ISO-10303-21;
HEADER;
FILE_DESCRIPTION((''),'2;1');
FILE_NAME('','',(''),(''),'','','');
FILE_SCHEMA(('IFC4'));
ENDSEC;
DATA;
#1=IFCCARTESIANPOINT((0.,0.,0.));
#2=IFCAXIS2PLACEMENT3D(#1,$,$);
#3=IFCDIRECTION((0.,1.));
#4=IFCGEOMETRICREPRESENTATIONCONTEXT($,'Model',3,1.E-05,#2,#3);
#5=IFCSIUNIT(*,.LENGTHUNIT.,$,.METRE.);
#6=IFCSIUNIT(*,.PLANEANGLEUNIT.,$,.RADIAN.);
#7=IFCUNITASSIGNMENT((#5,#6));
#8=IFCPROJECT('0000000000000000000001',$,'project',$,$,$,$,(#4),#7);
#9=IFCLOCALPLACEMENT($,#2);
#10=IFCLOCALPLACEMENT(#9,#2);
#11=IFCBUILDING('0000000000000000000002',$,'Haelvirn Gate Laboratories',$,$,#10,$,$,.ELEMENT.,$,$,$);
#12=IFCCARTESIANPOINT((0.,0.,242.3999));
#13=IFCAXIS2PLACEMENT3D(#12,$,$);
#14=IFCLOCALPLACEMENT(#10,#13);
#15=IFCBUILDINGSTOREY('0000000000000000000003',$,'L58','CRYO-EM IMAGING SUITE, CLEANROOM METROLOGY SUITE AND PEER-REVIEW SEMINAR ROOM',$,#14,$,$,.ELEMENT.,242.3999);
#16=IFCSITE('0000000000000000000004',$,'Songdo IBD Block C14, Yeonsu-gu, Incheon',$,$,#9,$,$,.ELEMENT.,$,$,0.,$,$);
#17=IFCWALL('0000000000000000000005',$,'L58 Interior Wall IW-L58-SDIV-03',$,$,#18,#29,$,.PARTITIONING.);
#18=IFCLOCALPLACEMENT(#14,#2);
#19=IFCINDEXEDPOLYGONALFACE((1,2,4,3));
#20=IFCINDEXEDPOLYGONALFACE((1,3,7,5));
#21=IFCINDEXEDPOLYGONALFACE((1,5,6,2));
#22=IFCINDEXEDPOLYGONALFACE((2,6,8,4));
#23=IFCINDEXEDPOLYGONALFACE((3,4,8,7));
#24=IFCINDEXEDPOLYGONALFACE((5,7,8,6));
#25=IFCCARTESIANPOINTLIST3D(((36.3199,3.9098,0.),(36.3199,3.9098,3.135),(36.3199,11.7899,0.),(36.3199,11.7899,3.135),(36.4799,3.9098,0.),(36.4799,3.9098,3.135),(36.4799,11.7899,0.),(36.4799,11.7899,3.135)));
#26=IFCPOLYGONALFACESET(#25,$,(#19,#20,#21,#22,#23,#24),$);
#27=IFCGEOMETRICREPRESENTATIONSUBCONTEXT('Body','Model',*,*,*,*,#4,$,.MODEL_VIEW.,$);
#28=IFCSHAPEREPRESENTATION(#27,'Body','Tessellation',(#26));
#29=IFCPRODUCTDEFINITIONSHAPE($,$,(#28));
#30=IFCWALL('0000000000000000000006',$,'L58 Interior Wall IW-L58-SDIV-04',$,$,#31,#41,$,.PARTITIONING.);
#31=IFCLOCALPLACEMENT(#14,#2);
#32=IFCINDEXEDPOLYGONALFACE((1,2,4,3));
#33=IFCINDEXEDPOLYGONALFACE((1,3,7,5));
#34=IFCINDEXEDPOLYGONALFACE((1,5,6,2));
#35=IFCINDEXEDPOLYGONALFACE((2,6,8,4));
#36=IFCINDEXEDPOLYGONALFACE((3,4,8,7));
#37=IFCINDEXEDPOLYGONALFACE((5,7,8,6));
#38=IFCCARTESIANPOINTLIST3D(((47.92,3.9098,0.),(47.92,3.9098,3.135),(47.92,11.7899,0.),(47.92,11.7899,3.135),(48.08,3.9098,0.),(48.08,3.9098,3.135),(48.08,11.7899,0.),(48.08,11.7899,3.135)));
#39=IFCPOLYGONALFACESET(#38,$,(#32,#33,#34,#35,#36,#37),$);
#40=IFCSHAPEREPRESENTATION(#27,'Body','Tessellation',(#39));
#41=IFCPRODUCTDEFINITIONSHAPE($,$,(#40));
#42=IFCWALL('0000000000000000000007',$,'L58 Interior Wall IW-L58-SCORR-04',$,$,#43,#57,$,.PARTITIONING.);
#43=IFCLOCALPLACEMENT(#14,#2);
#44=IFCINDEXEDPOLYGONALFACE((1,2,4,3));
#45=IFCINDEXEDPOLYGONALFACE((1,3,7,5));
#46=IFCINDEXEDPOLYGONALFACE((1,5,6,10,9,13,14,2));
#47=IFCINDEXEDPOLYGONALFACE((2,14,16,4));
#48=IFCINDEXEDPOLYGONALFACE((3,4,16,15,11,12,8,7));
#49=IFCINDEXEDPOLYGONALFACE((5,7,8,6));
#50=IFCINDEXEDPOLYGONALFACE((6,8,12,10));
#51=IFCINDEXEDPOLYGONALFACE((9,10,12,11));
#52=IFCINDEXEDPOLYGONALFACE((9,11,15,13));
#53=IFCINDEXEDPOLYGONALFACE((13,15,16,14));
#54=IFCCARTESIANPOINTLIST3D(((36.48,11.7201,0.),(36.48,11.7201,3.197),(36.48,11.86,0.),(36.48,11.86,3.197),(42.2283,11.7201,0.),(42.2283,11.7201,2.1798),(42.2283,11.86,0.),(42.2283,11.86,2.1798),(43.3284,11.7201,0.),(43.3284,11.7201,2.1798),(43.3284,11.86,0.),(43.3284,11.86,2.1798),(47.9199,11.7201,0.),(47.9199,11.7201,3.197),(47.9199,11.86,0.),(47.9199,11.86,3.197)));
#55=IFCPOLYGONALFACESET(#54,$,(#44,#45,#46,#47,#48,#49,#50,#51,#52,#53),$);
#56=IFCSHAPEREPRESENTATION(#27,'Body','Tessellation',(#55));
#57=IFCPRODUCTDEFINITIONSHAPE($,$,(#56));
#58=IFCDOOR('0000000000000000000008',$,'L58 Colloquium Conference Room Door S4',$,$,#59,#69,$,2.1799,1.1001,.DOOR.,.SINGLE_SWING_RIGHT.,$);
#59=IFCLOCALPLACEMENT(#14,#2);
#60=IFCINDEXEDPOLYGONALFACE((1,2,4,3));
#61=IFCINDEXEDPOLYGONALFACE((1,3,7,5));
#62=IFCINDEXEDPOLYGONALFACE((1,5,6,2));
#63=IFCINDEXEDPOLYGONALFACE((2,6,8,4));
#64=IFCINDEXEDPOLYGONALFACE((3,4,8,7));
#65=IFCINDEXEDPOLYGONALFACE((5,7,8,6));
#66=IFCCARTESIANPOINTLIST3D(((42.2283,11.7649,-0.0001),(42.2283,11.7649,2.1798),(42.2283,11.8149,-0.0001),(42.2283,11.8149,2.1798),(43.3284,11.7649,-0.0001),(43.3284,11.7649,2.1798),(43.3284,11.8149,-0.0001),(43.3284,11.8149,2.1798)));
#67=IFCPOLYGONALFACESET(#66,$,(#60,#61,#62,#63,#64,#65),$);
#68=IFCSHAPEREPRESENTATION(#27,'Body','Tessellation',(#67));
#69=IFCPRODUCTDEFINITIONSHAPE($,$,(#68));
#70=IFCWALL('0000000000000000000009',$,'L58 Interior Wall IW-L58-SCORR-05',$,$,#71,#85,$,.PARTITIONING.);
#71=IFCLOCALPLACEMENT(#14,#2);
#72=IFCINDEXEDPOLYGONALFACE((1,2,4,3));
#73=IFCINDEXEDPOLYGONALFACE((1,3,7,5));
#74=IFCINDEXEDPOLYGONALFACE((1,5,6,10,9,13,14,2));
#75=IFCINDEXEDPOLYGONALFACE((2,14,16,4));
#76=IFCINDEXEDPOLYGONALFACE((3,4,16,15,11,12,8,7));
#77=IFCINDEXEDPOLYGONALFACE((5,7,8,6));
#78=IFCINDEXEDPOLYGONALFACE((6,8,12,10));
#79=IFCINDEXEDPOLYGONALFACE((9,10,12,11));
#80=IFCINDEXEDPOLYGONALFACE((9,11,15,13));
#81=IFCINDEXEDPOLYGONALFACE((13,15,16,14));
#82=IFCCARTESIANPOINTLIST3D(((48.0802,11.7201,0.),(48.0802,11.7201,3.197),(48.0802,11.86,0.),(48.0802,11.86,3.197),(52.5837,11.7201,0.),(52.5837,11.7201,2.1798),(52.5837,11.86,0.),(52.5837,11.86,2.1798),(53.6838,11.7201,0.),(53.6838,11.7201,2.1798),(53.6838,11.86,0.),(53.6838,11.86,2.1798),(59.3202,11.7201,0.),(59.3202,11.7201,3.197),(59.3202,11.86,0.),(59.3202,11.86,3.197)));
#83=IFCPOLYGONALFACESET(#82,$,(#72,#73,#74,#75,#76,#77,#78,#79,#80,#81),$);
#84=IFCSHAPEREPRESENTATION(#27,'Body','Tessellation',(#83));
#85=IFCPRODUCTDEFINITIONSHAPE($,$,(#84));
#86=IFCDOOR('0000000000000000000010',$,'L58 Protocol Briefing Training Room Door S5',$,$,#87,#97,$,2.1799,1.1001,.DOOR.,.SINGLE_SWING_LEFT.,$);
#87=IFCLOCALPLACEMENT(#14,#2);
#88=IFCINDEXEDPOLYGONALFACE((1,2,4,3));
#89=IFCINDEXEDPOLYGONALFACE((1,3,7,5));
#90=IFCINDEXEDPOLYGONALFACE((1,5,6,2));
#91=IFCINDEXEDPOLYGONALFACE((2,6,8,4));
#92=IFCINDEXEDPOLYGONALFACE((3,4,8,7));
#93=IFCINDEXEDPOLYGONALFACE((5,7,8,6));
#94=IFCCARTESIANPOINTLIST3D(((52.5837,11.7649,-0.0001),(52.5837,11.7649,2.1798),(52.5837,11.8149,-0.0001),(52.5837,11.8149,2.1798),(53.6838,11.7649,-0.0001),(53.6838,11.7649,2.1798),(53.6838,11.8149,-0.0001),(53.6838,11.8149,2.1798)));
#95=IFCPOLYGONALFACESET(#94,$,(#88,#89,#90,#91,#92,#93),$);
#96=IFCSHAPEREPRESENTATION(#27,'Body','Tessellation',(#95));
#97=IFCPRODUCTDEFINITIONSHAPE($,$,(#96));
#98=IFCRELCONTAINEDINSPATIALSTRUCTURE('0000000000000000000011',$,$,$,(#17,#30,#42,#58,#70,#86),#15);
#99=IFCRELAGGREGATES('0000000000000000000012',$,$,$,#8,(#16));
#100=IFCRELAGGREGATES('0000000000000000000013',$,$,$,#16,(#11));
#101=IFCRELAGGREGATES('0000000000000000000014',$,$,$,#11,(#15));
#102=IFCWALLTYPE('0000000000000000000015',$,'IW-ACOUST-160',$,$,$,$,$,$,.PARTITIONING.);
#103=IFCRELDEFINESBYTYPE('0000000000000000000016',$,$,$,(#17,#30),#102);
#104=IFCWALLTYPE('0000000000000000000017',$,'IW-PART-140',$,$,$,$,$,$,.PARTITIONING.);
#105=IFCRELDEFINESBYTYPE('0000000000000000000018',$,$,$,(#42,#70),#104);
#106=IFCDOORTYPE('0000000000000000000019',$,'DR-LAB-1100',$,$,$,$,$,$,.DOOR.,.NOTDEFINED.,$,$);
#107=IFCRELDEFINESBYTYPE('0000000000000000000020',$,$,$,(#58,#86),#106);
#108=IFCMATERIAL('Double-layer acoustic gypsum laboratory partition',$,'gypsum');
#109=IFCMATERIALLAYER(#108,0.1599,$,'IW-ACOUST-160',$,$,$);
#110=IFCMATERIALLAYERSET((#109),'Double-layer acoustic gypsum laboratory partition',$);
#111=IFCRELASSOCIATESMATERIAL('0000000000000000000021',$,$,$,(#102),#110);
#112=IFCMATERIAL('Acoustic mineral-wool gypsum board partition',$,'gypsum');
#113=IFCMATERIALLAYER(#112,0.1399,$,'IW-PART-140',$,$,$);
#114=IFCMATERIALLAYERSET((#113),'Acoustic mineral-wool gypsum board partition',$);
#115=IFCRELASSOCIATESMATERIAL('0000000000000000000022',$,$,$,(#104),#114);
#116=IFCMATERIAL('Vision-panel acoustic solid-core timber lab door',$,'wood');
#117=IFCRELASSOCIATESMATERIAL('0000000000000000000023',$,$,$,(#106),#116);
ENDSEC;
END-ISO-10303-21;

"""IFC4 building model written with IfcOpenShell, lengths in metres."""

from ifc_helpers import new_model, si_unit, direction, frame, frame_2d, origin, place, context, subcontext, project, spatial, rectangle, extrude, source, transform, mapped, material, layer, layer_set, type_object, type_shapes, element, fill, save


model = new_model("IFC4")

# Units and contexts
model_context = context("Model", 3, precision=1e-05, world=origin(), true_north=direction((0.0, 1.0)))
body_context = subcontext(model_context, "Body", "Model", "MODEL_VIEW")
ifc_project = project(units=[si_unit("LENGTHUNIT", "METRE"), si_unit("PLANEANGLEUNIT", "RADIAN")], contexts=[model_context])

# Site, building, storey
site_placement = place(None, origin())
site = spatial("IfcSite", under=ifc_project, at=site_placement, Name="Songdo IBD Block C14, Yeonsu-gu, Incheon", CompositionType="ELEMENT", RefElevation=0.0)
building_placement = place(site_placement, origin())
building = spatial("IfcBuilding", under=site, at=building_placement, Name="Haelvirn Gate Laboratories", CompositionType="ELEMENT")
storey_placement = place(building_placement, frame((0.0, 0.0, 242.3999)))
storey = spatial("IfcBuildingStorey", under=building, at=storey_placement, Name="L58", Description="CRYO-EM IMAGING SUITE, CLEANROOM METROLOGY SUITE AND PEER-REVIEW SEMINAR ROOM", CompositionType="ELEMENT", Elevation=242.3999)

# Walls
ifc_material_1 = material(Name="Double-layer acoustic gypsum laboratory partition", Category="gypsum")
ifc_layer_1 = layer(ifc_material_1, 0.1599, Name="IW-ACOUST-160")
ifc_layer_set_1 = layer_set([ifc_layer_1], Name="Double-layer acoustic gypsum laboratory partition")
wall_type_1 = type_object("IfcWallType", Name="IW-ACOUST-160", PredefinedType="PARTITIONING", material=ifc_layer_set_1)
for number, where, z_axis, x_axis, name in (
    (1, (36.3999, 3.9099, 0.0), (0.0, 0.0, 1.0), (0.0, 1.0, 0.0), "L58 Interior Wall IW-L58-SDIV-03"),
    (2, (48.0, 3.9099, 0.0), (0.0, 0.0, 1.0), (0.0, 1.0, 0.0), "L58 Interior Wall IW-L58-SDIV-04"),
):
    element("IfcWall", number, at=place(storey_placement, frame(where, z_axis=z_axis, x_axis=x_axis)), inside=storey, type_object=wall_type_1, Name=name, PredefinedType="PARTITIONING", context=body_context, shape_type="SweptSolid", body=[
        extrude(rectangle(XDim=7.8801, YDim=0.1599, at=frame_2d((3.9399, 0.0))), origin(), (0.0, 0.0, 1.0), 3.135),
    ])

# Walls, openings, doors
ifc_material_2 = material(Name="Acoustic mineral-wool gypsum board partition", Category="gypsum")
ifc_layer_2 = layer(ifc_material_2, 0.1399, Name="IW-PART-140")
ifc_layer_set_2 = layer_set([ifc_layer_2], Name="Acoustic mineral-wool gypsum board partition")
wall_type_2 = type_object("IfcWallType", Name="IW-PART-140", PredefinedType="PARTITIONING", material=ifc_layer_set_2)
wall_1_placement = place(storey_placement, frame((36.48, 11.79, 0.0), z_axis=(0.0, 0.0, 1.0), x_axis=(1.0, 0.0, 0.0)))
wall_1 = element("IfcWall", 3, at=wall_1_placement, inside=storey, type_object=wall_type_2, Name="L58 Interior Wall IW-L58-SCORR-04", PredefinedType="PARTITIONING", context=body_context, shape_type="SweptSolid", body=[
    extrude(rectangle(XDim=11.4399, YDim=0.1399, at=frame_2d((5.72, 0.0))), origin(), (0.0, 0.0, 1.0), 3.197),
])
opening_1_placement = place(wall_1_placement, frame((5.7483, 0.0, 0.0)))
opening_1 = element("IfcOpeningElement", 4, at=opening_1_placement, cuts=wall_1, PredefinedType="OPENING", context=body_context, shape_type="SweptSolid", body=[
    extrude(rectangle(XDim=1.1001, YDim=2.1799, at=frame_2d((0.55, 1.0898))), frame((0.0, 0.0801, 0.0), z_axis=(0.0, -1.0, 0.0), x_axis=(1.0, 0.0, 0.0)), (0.0, 0.0, 1.0), 0.1599),
])
ifc_material_3 = material(Name="Vision-panel acoustic solid-core timber lab door", Category="wood")
door_type = type_object("IfcDoorType", Name="DR-LAB-1100", OperationType="NOTDEFINED", PredefinedType="DOOR", material=ifc_material_3)
shared_shape_1 = source(origin(), body_context, "Body", "SweptSolid", [
    extrude(rectangle(XDim=1.1001, YDim=2.1799, at=frame_2d((0.55, 1.0898))), frame((0.0, 0.0249, 0.0), z_axis=(0.0, -1.0, 0.0), x_axis=(1.0, 0.0, 0.0)), (0.0, 0.0, 1.0), 0.05),
])
type_shapes(door_type, [shared_shape_1])
door_1_placement = place(opening_1_placement, origin())
door_1 = element("IfcDoor", 5, at=door_1_placement, inside=storey, type_object=door_type, Name="L58 Colloquium Conference Room Door S4", OperationType="SINGLE_SWING_RIGHT", OverallHeight=2.1799, OverallWidth=1.1001, PredefinedType="DOOR", context=body_context, shape_type="MappedRepresentation", body=[
    mapped(shared_shape_1, transform((0.0, 0.0, 0.0), scale=1.0)),
])
fill(opening_1, door_1)
wall_2_placement = place(storey_placement, frame((48.0801, 11.79, 0.0), z_axis=(0.0, 0.0, 1.0), x_axis=(1.0, 0.0, 0.0)))
wall_2 = element("IfcWall", 6, at=wall_2_placement, inside=storey, type_object=wall_type_2, Name="L58 Interior Wall IW-L58-SCORR-05", PredefinedType="PARTITIONING", context=body_context, shape_type="SweptSolid", body=[
    extrude(rectangle(XDim=11.24, YDim=0.1399, at=frame_2d((5.6201, 0.0))), origin(), (0.0, 0.0, 1.0), 3.197),
])
opening_2_placement = place(wall_2_placement, frame((4.5037, 0.0, 0.0)))
opening_2 = element("IfcOpeningElement", 7, at=opening_2_placement, cuts=wall_2, PredefinedType="OPENING", context=body_context, shape_type="SweptSolid", body=[
    extrude(rectangle(XDim=1.1001, YDim=2.1799, at=frame_2d((0.55, 1.0898))), frame((0.0, 0.0801, 0.0), z_axis=(0.0, -1.0, 0.0), x_axis=(1.0, 0.0, 0.0)), (0.0, 0.0, 1.0), 0.1599),
])
door_2_placement = place(opening_2_placement, origin())
door_2 = element("IfcDoor", 8, at=door_2_placement, inside=storey, type_object=door_type, Name="L58 Protocol Briefing Training Room Door S5", OperationType="SINGLE_SWING_LEFT", OverallHeight=2.1799, OverallWidth=1.1001, PredefinedType="DOOR", context=body_context, shape_type="MappedRepresentation", body=[
    mapped(shared_shape_1, transform((0.0, 0.0, 0.0), scale=1.0)),
])
fill(opening_2, door_2)

save(model, "model.ifc")
